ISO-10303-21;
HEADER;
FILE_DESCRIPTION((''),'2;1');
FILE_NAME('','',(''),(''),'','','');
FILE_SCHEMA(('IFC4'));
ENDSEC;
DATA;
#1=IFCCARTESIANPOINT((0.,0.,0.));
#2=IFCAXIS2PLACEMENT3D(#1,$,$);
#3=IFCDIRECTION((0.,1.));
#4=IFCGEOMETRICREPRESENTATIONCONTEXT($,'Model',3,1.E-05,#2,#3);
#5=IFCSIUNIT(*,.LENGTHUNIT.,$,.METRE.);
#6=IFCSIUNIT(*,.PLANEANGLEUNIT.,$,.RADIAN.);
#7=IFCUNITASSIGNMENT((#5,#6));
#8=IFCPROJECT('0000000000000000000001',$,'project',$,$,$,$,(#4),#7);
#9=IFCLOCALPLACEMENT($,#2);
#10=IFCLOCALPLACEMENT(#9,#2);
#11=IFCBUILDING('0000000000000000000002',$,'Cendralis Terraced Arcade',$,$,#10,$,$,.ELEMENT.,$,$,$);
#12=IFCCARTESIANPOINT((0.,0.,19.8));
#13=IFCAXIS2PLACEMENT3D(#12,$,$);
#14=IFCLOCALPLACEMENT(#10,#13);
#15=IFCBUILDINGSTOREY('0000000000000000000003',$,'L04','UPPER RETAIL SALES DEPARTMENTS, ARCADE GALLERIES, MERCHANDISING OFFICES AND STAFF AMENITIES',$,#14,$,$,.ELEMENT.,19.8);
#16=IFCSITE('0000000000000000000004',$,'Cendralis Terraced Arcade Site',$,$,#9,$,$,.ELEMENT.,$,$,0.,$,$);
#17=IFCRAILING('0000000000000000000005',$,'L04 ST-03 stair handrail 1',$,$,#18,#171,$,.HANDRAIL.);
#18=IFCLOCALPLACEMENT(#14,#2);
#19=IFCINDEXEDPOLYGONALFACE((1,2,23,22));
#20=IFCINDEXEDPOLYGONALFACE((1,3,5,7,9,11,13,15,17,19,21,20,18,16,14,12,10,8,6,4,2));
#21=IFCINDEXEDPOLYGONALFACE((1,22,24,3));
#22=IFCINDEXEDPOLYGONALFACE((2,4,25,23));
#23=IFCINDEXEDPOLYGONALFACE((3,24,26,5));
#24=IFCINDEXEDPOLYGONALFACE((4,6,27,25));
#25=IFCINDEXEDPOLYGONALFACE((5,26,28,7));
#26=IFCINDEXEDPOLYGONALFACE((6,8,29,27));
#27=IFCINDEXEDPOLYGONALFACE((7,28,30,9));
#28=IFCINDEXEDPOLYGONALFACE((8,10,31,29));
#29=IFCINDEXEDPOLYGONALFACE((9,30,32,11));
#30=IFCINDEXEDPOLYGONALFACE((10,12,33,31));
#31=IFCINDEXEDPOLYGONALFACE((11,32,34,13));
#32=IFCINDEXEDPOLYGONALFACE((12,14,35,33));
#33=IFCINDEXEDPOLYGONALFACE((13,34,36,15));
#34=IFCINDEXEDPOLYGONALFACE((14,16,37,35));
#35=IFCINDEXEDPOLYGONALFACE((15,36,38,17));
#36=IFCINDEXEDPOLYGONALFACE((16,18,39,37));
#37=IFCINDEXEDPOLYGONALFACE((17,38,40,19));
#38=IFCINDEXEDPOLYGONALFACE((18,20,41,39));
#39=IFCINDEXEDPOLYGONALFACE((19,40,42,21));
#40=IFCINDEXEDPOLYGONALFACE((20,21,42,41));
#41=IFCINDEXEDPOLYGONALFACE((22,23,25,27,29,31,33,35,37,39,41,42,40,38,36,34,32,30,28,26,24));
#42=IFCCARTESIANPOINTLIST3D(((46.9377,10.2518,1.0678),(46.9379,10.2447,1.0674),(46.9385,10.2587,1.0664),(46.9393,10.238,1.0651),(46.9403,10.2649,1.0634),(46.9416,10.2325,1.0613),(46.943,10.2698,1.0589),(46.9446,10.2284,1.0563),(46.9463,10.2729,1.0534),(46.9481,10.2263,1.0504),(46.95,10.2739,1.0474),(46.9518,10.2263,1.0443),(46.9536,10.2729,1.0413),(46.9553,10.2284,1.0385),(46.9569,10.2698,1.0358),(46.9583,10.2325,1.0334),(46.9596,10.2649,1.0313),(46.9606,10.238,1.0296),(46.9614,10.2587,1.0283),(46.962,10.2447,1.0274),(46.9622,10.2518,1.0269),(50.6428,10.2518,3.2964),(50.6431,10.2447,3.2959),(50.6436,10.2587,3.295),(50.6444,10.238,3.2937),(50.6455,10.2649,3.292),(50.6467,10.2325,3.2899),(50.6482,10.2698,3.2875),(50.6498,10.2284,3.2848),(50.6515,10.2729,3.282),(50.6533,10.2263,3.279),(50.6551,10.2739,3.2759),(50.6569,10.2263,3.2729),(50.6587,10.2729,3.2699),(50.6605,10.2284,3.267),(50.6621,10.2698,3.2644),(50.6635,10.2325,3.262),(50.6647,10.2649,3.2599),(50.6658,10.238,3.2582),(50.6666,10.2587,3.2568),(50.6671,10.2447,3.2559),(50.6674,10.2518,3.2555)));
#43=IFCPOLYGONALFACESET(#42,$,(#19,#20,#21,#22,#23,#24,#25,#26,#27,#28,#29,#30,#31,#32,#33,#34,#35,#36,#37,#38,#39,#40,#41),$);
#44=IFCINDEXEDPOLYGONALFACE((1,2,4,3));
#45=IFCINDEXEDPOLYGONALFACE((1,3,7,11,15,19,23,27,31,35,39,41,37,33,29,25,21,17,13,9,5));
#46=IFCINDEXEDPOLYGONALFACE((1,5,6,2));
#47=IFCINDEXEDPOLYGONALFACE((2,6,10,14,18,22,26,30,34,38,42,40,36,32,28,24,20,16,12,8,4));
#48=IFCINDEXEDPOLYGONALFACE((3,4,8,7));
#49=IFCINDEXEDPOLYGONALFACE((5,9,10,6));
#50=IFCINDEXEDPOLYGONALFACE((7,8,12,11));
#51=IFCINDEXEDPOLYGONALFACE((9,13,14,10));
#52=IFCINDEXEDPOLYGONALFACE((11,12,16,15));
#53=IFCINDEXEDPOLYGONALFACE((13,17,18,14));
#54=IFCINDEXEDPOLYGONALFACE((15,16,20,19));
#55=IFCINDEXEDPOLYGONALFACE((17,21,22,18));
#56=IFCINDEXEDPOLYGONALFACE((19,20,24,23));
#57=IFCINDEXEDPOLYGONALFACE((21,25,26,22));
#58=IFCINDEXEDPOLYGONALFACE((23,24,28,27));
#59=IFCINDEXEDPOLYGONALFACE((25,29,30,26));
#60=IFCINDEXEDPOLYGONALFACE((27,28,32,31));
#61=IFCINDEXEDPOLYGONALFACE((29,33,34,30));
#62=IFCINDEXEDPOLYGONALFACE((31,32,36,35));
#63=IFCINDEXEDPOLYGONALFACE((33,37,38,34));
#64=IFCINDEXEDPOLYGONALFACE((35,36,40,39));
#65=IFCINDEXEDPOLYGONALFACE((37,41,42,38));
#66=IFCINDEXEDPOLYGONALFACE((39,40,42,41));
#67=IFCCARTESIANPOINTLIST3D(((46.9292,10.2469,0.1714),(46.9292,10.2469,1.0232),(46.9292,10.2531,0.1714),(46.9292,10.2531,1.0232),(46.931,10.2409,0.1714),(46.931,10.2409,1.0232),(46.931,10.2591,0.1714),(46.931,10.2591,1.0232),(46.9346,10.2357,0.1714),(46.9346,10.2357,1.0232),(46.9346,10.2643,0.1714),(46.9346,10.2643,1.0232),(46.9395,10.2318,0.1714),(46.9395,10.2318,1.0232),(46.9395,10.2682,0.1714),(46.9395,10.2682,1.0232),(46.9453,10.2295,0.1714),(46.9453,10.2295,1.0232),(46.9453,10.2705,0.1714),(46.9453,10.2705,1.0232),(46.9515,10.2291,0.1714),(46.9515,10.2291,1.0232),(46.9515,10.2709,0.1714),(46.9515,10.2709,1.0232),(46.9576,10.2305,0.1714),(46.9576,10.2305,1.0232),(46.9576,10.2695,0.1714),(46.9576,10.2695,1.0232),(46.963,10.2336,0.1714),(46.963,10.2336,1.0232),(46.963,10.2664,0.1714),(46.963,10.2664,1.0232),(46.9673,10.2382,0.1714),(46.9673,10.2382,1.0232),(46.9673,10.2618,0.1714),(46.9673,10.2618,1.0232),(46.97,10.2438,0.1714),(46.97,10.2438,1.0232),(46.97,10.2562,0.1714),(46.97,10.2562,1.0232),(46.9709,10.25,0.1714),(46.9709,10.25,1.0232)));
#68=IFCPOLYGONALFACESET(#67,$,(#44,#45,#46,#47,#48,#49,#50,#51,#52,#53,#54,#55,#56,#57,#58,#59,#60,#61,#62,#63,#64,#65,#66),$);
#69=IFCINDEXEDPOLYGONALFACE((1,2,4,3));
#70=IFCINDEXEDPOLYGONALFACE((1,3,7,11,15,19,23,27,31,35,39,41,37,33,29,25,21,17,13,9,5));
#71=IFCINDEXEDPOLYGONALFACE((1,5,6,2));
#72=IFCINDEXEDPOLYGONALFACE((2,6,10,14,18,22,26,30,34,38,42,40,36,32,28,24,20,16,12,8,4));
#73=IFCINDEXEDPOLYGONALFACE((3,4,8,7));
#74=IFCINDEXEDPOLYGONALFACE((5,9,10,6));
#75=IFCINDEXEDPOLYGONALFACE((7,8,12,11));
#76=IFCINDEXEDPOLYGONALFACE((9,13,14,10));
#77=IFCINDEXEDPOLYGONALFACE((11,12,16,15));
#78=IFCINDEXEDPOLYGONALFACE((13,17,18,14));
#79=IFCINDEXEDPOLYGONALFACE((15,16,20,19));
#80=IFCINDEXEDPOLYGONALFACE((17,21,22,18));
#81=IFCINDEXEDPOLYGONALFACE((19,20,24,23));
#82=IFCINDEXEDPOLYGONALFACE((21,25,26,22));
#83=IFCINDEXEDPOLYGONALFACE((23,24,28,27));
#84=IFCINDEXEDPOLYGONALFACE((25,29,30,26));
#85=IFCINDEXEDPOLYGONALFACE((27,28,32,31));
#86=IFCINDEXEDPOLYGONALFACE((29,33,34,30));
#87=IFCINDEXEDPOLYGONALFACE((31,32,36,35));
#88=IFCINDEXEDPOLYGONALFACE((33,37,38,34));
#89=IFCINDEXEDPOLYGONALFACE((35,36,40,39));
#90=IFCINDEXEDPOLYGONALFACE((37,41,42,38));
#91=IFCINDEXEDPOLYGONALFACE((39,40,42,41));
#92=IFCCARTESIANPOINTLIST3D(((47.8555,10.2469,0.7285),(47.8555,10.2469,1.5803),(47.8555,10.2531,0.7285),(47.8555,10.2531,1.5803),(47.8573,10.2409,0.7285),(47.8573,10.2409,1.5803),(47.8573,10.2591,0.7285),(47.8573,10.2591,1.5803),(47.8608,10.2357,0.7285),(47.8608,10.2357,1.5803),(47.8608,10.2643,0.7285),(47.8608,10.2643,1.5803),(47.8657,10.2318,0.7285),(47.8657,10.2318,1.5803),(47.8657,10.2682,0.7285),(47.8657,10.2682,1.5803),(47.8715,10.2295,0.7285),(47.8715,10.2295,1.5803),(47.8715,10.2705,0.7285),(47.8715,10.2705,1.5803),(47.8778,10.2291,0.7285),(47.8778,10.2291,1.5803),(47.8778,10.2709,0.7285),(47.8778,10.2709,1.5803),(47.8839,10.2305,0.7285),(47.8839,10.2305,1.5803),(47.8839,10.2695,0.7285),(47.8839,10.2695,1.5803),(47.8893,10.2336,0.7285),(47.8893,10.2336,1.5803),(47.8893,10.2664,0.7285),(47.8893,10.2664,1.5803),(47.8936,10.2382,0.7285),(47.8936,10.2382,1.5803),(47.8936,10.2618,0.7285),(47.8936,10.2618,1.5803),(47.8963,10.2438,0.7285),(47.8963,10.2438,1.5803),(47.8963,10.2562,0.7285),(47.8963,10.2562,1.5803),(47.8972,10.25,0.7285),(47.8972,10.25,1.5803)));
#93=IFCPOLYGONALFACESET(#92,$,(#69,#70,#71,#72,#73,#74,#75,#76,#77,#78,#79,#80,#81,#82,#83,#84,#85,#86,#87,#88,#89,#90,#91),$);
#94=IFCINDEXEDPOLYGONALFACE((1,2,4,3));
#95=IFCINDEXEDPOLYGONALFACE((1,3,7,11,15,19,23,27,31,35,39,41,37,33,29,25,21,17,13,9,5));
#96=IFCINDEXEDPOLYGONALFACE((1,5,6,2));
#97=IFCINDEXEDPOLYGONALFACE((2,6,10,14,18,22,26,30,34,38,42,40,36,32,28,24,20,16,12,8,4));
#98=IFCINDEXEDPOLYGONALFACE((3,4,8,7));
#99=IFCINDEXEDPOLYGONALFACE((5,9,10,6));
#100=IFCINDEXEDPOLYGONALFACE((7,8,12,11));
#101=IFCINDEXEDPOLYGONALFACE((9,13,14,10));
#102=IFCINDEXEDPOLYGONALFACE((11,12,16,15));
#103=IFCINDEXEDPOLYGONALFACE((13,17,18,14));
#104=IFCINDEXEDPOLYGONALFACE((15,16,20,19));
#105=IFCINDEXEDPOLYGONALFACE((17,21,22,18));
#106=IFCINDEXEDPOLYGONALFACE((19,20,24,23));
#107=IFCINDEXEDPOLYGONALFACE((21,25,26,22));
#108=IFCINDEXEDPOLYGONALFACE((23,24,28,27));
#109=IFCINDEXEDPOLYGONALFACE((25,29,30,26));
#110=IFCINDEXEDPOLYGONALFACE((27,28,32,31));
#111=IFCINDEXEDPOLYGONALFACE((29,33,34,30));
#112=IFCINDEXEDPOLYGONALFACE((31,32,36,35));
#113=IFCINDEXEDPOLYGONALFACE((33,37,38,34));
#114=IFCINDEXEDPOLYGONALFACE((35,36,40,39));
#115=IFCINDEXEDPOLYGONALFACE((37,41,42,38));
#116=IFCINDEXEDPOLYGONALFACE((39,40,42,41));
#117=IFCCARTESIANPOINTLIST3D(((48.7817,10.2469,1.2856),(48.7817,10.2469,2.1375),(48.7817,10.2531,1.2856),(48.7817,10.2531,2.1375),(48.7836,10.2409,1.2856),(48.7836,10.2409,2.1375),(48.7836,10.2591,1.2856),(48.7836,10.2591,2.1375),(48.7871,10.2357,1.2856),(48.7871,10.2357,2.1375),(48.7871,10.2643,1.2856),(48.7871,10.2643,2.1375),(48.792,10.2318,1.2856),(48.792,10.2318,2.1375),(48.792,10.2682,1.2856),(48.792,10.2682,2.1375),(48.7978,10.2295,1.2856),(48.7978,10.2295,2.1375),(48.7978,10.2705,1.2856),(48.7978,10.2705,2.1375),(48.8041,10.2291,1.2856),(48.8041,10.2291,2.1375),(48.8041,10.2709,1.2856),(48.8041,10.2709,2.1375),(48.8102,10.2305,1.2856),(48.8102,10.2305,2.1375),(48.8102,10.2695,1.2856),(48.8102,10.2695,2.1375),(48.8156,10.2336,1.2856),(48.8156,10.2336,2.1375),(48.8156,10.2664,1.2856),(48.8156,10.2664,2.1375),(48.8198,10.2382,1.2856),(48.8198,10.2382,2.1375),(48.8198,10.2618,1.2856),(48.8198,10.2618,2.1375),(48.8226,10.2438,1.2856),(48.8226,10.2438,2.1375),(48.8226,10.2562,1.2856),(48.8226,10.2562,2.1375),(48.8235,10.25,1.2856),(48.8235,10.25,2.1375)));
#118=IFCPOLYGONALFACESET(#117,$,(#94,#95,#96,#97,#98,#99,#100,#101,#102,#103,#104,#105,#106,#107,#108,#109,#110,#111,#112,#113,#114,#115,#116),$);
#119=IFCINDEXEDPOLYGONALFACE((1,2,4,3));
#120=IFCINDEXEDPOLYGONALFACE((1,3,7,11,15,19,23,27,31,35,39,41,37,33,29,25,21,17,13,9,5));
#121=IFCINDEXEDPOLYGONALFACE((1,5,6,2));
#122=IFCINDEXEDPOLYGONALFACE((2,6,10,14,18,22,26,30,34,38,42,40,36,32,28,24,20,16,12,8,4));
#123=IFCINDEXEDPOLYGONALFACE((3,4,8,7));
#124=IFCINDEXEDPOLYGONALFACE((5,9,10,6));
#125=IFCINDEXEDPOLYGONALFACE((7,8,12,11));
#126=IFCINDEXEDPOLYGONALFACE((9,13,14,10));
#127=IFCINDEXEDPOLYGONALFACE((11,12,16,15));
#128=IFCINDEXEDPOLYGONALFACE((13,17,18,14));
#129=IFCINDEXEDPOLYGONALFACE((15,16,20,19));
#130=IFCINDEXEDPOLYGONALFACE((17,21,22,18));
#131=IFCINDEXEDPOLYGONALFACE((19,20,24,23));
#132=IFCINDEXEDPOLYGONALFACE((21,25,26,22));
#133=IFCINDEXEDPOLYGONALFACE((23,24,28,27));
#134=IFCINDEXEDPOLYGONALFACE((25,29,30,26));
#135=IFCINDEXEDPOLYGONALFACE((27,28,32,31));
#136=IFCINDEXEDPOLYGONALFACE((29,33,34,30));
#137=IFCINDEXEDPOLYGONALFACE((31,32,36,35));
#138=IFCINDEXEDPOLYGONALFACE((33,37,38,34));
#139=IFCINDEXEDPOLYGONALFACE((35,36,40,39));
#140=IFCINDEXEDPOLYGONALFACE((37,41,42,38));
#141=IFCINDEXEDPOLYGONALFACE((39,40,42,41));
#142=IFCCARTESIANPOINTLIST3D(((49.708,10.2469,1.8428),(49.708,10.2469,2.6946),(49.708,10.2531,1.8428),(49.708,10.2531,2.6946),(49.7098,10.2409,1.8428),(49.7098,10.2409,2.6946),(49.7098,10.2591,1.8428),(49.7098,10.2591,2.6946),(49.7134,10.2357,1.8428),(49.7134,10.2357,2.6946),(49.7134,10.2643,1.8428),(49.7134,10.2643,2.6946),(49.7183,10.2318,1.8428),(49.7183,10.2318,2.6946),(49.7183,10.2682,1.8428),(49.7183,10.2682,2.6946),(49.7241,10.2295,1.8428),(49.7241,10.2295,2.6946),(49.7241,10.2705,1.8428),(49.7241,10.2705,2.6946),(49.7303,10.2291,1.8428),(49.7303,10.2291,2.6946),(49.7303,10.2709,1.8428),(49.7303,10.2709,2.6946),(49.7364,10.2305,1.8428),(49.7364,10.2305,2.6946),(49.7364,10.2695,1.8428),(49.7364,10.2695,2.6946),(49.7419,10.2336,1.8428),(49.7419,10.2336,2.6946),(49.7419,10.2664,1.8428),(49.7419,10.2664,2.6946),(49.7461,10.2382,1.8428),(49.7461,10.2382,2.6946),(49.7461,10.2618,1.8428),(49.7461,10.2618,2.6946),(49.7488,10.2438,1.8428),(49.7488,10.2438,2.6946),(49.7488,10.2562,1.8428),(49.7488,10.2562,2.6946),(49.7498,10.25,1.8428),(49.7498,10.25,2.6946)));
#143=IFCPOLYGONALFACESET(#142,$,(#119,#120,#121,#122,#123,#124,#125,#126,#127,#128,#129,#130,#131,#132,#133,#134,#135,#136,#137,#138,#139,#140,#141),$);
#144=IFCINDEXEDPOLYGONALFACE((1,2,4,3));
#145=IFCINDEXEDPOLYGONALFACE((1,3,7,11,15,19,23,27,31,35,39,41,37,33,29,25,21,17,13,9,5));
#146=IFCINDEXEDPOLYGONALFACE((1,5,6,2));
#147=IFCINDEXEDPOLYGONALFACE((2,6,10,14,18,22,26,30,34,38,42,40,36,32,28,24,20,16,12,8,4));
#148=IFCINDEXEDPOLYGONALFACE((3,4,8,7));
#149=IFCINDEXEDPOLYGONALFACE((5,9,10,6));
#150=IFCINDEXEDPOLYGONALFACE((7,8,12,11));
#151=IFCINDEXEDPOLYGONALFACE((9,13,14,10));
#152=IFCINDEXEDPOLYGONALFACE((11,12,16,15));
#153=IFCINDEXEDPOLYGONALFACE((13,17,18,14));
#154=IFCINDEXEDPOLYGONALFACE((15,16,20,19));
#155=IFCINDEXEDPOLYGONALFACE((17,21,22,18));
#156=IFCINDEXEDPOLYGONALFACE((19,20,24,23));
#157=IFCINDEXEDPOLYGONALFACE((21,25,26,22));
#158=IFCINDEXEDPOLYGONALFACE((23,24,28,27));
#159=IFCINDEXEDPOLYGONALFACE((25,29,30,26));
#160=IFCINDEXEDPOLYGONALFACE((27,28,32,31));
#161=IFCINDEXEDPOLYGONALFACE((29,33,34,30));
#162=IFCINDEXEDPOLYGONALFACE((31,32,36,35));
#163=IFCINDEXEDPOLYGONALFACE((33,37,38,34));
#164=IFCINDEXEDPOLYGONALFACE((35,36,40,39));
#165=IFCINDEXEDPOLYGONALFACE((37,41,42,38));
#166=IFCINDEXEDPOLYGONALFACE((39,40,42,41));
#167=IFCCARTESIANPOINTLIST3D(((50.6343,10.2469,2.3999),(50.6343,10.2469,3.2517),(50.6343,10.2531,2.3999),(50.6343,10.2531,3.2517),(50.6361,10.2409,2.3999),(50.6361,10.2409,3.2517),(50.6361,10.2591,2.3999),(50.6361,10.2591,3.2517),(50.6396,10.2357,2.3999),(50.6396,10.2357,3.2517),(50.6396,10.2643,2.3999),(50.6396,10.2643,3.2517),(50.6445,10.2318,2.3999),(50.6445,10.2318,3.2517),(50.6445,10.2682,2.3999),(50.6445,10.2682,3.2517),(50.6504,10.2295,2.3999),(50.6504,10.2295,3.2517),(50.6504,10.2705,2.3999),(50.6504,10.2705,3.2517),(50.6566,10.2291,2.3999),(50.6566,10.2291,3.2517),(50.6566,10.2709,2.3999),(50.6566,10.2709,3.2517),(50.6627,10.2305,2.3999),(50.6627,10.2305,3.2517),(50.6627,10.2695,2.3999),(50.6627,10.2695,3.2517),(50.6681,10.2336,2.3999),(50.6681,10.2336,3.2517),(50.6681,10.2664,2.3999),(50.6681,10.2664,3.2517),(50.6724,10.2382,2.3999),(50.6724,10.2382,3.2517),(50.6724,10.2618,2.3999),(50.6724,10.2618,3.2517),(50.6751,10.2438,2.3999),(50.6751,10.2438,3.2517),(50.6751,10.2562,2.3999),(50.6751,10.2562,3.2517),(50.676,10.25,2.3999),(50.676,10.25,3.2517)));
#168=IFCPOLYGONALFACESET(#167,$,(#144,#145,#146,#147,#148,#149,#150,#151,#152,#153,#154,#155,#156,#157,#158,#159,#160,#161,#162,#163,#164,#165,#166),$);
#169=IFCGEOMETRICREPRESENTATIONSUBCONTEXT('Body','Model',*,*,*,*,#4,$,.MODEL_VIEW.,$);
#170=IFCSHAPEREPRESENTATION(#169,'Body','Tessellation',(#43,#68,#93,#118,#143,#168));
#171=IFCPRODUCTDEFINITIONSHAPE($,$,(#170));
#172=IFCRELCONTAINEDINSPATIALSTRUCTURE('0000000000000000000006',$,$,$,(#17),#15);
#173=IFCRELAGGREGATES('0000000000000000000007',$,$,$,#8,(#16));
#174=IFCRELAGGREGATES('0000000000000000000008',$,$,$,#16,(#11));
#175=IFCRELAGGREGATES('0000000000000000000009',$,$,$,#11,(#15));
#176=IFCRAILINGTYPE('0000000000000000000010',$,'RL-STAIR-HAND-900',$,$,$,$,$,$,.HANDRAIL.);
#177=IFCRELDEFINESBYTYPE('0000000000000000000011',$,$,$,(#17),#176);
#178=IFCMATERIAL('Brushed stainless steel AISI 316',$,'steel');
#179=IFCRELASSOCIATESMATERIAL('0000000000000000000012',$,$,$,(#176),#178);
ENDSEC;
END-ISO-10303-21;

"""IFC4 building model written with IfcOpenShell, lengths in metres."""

from ifc_helpers import new_model, si_unit, direction, frame, origin, origin_2d, place, context, subcontext, project, spatial, circle, extrude, material, type_object, element, save


model = new_model("IFC4")

# Units and contexts
model_context = context("Model", 3, precision=1e-05, world=origin(), true_north=direction((0.0, 1.0)))
body_context = subcontext(model_context, "Body", "Model", "MODEL_VIEW")
ifc_project = project(units=[si_unit("LENGTHUNIT", "METRE"), si_unit("PLANEANGLEUNIT", "RADIAN")], contexts=[model_context])

# Site, building, storey
site_placement = place(None, origin())
site = spatial("IfcSite", under=ifc_project, at=site_placement, Name="Cendralis Terraced Arcade Site", CompositionType="ELEMENT", RefElevation=0.0)
building_placement = place(site_placement, origin())
building = spatial("IfcBuilding", under=site, at=building_placement, Name="Cendralis Terraced Arcade", CompositionType="ELEMENT")
storey_placement = place(building_placement, frame((0.0, 0.0, 19.8)))
storey = spatial("IfcBuildingStorey", under=building, at=storey_placement, Name="L04", Description="UPPER RETAIL SALES DEPARTMENTS, ARCADE GALLERIES, MERCHANDISING OFFICES AND STAFF AMENITIES", CompositionType="ELEMENT", Elevation=19.8)

# Railing
ifc_material_1 = material(Name="Brushed stainless steel AISI 316", Category="steel")
railing_type_1 = type_object("IfcRailingType", Name="RL-STAIR-HAND-900", PredefinedType="HANDRAIL", material=ifc_material_1)
railing_1_placement = place(storey_placement, frame((46.95, 10.25, 0.1714)))
element("IfcRailing", 1, at=railing_1_placement, inside=storey, type_object=railing_type_1, Name="L04 ST-03 stair handrail 1", PredefinedType="HANDRAIL", context=body_context, shape_type="SweptSolid", body=[
    extrude(circle(Radius=0.0239, at=origin_2d()), frame((0.0, 0.0, 0.876), z_axis=(0.856934, 0.0, 0.515425), x_axis=(0.0, 1.0, 0.0)), (0.0, 0.0, 1.0), 4.3237),
    extrude(circle(Radius=0.021, at=origin_2d()), origin(), (0.0, 0.0, 1.0), 0.8518),
    extrude(circle(Radius=0.021, at=origin_2d()), frame((0.9263, 0.0, 0.5571)), (0.0, 0.0, 1.0), 0.8518),
    extrude(circle(Radius=0.021, at=origin_2d()), frame((1.8525, 0.0, 1.1143)), (0.0, 0.0, 1.0), 0.8518),
    extrude(circle(Radius=0.021, at=origin_2d()), frame((2.7788, 0.0, 1.6714)), (0.0, 0.0, 1.0), 0.8518),
    extrude(circle(Radius=0.021, at=origin_2d()), frame((3.7051, 0.0, 2.2285)), (0.0, 0.0, 1.0), 0.8518),
])

save(model, "model.ifc")
